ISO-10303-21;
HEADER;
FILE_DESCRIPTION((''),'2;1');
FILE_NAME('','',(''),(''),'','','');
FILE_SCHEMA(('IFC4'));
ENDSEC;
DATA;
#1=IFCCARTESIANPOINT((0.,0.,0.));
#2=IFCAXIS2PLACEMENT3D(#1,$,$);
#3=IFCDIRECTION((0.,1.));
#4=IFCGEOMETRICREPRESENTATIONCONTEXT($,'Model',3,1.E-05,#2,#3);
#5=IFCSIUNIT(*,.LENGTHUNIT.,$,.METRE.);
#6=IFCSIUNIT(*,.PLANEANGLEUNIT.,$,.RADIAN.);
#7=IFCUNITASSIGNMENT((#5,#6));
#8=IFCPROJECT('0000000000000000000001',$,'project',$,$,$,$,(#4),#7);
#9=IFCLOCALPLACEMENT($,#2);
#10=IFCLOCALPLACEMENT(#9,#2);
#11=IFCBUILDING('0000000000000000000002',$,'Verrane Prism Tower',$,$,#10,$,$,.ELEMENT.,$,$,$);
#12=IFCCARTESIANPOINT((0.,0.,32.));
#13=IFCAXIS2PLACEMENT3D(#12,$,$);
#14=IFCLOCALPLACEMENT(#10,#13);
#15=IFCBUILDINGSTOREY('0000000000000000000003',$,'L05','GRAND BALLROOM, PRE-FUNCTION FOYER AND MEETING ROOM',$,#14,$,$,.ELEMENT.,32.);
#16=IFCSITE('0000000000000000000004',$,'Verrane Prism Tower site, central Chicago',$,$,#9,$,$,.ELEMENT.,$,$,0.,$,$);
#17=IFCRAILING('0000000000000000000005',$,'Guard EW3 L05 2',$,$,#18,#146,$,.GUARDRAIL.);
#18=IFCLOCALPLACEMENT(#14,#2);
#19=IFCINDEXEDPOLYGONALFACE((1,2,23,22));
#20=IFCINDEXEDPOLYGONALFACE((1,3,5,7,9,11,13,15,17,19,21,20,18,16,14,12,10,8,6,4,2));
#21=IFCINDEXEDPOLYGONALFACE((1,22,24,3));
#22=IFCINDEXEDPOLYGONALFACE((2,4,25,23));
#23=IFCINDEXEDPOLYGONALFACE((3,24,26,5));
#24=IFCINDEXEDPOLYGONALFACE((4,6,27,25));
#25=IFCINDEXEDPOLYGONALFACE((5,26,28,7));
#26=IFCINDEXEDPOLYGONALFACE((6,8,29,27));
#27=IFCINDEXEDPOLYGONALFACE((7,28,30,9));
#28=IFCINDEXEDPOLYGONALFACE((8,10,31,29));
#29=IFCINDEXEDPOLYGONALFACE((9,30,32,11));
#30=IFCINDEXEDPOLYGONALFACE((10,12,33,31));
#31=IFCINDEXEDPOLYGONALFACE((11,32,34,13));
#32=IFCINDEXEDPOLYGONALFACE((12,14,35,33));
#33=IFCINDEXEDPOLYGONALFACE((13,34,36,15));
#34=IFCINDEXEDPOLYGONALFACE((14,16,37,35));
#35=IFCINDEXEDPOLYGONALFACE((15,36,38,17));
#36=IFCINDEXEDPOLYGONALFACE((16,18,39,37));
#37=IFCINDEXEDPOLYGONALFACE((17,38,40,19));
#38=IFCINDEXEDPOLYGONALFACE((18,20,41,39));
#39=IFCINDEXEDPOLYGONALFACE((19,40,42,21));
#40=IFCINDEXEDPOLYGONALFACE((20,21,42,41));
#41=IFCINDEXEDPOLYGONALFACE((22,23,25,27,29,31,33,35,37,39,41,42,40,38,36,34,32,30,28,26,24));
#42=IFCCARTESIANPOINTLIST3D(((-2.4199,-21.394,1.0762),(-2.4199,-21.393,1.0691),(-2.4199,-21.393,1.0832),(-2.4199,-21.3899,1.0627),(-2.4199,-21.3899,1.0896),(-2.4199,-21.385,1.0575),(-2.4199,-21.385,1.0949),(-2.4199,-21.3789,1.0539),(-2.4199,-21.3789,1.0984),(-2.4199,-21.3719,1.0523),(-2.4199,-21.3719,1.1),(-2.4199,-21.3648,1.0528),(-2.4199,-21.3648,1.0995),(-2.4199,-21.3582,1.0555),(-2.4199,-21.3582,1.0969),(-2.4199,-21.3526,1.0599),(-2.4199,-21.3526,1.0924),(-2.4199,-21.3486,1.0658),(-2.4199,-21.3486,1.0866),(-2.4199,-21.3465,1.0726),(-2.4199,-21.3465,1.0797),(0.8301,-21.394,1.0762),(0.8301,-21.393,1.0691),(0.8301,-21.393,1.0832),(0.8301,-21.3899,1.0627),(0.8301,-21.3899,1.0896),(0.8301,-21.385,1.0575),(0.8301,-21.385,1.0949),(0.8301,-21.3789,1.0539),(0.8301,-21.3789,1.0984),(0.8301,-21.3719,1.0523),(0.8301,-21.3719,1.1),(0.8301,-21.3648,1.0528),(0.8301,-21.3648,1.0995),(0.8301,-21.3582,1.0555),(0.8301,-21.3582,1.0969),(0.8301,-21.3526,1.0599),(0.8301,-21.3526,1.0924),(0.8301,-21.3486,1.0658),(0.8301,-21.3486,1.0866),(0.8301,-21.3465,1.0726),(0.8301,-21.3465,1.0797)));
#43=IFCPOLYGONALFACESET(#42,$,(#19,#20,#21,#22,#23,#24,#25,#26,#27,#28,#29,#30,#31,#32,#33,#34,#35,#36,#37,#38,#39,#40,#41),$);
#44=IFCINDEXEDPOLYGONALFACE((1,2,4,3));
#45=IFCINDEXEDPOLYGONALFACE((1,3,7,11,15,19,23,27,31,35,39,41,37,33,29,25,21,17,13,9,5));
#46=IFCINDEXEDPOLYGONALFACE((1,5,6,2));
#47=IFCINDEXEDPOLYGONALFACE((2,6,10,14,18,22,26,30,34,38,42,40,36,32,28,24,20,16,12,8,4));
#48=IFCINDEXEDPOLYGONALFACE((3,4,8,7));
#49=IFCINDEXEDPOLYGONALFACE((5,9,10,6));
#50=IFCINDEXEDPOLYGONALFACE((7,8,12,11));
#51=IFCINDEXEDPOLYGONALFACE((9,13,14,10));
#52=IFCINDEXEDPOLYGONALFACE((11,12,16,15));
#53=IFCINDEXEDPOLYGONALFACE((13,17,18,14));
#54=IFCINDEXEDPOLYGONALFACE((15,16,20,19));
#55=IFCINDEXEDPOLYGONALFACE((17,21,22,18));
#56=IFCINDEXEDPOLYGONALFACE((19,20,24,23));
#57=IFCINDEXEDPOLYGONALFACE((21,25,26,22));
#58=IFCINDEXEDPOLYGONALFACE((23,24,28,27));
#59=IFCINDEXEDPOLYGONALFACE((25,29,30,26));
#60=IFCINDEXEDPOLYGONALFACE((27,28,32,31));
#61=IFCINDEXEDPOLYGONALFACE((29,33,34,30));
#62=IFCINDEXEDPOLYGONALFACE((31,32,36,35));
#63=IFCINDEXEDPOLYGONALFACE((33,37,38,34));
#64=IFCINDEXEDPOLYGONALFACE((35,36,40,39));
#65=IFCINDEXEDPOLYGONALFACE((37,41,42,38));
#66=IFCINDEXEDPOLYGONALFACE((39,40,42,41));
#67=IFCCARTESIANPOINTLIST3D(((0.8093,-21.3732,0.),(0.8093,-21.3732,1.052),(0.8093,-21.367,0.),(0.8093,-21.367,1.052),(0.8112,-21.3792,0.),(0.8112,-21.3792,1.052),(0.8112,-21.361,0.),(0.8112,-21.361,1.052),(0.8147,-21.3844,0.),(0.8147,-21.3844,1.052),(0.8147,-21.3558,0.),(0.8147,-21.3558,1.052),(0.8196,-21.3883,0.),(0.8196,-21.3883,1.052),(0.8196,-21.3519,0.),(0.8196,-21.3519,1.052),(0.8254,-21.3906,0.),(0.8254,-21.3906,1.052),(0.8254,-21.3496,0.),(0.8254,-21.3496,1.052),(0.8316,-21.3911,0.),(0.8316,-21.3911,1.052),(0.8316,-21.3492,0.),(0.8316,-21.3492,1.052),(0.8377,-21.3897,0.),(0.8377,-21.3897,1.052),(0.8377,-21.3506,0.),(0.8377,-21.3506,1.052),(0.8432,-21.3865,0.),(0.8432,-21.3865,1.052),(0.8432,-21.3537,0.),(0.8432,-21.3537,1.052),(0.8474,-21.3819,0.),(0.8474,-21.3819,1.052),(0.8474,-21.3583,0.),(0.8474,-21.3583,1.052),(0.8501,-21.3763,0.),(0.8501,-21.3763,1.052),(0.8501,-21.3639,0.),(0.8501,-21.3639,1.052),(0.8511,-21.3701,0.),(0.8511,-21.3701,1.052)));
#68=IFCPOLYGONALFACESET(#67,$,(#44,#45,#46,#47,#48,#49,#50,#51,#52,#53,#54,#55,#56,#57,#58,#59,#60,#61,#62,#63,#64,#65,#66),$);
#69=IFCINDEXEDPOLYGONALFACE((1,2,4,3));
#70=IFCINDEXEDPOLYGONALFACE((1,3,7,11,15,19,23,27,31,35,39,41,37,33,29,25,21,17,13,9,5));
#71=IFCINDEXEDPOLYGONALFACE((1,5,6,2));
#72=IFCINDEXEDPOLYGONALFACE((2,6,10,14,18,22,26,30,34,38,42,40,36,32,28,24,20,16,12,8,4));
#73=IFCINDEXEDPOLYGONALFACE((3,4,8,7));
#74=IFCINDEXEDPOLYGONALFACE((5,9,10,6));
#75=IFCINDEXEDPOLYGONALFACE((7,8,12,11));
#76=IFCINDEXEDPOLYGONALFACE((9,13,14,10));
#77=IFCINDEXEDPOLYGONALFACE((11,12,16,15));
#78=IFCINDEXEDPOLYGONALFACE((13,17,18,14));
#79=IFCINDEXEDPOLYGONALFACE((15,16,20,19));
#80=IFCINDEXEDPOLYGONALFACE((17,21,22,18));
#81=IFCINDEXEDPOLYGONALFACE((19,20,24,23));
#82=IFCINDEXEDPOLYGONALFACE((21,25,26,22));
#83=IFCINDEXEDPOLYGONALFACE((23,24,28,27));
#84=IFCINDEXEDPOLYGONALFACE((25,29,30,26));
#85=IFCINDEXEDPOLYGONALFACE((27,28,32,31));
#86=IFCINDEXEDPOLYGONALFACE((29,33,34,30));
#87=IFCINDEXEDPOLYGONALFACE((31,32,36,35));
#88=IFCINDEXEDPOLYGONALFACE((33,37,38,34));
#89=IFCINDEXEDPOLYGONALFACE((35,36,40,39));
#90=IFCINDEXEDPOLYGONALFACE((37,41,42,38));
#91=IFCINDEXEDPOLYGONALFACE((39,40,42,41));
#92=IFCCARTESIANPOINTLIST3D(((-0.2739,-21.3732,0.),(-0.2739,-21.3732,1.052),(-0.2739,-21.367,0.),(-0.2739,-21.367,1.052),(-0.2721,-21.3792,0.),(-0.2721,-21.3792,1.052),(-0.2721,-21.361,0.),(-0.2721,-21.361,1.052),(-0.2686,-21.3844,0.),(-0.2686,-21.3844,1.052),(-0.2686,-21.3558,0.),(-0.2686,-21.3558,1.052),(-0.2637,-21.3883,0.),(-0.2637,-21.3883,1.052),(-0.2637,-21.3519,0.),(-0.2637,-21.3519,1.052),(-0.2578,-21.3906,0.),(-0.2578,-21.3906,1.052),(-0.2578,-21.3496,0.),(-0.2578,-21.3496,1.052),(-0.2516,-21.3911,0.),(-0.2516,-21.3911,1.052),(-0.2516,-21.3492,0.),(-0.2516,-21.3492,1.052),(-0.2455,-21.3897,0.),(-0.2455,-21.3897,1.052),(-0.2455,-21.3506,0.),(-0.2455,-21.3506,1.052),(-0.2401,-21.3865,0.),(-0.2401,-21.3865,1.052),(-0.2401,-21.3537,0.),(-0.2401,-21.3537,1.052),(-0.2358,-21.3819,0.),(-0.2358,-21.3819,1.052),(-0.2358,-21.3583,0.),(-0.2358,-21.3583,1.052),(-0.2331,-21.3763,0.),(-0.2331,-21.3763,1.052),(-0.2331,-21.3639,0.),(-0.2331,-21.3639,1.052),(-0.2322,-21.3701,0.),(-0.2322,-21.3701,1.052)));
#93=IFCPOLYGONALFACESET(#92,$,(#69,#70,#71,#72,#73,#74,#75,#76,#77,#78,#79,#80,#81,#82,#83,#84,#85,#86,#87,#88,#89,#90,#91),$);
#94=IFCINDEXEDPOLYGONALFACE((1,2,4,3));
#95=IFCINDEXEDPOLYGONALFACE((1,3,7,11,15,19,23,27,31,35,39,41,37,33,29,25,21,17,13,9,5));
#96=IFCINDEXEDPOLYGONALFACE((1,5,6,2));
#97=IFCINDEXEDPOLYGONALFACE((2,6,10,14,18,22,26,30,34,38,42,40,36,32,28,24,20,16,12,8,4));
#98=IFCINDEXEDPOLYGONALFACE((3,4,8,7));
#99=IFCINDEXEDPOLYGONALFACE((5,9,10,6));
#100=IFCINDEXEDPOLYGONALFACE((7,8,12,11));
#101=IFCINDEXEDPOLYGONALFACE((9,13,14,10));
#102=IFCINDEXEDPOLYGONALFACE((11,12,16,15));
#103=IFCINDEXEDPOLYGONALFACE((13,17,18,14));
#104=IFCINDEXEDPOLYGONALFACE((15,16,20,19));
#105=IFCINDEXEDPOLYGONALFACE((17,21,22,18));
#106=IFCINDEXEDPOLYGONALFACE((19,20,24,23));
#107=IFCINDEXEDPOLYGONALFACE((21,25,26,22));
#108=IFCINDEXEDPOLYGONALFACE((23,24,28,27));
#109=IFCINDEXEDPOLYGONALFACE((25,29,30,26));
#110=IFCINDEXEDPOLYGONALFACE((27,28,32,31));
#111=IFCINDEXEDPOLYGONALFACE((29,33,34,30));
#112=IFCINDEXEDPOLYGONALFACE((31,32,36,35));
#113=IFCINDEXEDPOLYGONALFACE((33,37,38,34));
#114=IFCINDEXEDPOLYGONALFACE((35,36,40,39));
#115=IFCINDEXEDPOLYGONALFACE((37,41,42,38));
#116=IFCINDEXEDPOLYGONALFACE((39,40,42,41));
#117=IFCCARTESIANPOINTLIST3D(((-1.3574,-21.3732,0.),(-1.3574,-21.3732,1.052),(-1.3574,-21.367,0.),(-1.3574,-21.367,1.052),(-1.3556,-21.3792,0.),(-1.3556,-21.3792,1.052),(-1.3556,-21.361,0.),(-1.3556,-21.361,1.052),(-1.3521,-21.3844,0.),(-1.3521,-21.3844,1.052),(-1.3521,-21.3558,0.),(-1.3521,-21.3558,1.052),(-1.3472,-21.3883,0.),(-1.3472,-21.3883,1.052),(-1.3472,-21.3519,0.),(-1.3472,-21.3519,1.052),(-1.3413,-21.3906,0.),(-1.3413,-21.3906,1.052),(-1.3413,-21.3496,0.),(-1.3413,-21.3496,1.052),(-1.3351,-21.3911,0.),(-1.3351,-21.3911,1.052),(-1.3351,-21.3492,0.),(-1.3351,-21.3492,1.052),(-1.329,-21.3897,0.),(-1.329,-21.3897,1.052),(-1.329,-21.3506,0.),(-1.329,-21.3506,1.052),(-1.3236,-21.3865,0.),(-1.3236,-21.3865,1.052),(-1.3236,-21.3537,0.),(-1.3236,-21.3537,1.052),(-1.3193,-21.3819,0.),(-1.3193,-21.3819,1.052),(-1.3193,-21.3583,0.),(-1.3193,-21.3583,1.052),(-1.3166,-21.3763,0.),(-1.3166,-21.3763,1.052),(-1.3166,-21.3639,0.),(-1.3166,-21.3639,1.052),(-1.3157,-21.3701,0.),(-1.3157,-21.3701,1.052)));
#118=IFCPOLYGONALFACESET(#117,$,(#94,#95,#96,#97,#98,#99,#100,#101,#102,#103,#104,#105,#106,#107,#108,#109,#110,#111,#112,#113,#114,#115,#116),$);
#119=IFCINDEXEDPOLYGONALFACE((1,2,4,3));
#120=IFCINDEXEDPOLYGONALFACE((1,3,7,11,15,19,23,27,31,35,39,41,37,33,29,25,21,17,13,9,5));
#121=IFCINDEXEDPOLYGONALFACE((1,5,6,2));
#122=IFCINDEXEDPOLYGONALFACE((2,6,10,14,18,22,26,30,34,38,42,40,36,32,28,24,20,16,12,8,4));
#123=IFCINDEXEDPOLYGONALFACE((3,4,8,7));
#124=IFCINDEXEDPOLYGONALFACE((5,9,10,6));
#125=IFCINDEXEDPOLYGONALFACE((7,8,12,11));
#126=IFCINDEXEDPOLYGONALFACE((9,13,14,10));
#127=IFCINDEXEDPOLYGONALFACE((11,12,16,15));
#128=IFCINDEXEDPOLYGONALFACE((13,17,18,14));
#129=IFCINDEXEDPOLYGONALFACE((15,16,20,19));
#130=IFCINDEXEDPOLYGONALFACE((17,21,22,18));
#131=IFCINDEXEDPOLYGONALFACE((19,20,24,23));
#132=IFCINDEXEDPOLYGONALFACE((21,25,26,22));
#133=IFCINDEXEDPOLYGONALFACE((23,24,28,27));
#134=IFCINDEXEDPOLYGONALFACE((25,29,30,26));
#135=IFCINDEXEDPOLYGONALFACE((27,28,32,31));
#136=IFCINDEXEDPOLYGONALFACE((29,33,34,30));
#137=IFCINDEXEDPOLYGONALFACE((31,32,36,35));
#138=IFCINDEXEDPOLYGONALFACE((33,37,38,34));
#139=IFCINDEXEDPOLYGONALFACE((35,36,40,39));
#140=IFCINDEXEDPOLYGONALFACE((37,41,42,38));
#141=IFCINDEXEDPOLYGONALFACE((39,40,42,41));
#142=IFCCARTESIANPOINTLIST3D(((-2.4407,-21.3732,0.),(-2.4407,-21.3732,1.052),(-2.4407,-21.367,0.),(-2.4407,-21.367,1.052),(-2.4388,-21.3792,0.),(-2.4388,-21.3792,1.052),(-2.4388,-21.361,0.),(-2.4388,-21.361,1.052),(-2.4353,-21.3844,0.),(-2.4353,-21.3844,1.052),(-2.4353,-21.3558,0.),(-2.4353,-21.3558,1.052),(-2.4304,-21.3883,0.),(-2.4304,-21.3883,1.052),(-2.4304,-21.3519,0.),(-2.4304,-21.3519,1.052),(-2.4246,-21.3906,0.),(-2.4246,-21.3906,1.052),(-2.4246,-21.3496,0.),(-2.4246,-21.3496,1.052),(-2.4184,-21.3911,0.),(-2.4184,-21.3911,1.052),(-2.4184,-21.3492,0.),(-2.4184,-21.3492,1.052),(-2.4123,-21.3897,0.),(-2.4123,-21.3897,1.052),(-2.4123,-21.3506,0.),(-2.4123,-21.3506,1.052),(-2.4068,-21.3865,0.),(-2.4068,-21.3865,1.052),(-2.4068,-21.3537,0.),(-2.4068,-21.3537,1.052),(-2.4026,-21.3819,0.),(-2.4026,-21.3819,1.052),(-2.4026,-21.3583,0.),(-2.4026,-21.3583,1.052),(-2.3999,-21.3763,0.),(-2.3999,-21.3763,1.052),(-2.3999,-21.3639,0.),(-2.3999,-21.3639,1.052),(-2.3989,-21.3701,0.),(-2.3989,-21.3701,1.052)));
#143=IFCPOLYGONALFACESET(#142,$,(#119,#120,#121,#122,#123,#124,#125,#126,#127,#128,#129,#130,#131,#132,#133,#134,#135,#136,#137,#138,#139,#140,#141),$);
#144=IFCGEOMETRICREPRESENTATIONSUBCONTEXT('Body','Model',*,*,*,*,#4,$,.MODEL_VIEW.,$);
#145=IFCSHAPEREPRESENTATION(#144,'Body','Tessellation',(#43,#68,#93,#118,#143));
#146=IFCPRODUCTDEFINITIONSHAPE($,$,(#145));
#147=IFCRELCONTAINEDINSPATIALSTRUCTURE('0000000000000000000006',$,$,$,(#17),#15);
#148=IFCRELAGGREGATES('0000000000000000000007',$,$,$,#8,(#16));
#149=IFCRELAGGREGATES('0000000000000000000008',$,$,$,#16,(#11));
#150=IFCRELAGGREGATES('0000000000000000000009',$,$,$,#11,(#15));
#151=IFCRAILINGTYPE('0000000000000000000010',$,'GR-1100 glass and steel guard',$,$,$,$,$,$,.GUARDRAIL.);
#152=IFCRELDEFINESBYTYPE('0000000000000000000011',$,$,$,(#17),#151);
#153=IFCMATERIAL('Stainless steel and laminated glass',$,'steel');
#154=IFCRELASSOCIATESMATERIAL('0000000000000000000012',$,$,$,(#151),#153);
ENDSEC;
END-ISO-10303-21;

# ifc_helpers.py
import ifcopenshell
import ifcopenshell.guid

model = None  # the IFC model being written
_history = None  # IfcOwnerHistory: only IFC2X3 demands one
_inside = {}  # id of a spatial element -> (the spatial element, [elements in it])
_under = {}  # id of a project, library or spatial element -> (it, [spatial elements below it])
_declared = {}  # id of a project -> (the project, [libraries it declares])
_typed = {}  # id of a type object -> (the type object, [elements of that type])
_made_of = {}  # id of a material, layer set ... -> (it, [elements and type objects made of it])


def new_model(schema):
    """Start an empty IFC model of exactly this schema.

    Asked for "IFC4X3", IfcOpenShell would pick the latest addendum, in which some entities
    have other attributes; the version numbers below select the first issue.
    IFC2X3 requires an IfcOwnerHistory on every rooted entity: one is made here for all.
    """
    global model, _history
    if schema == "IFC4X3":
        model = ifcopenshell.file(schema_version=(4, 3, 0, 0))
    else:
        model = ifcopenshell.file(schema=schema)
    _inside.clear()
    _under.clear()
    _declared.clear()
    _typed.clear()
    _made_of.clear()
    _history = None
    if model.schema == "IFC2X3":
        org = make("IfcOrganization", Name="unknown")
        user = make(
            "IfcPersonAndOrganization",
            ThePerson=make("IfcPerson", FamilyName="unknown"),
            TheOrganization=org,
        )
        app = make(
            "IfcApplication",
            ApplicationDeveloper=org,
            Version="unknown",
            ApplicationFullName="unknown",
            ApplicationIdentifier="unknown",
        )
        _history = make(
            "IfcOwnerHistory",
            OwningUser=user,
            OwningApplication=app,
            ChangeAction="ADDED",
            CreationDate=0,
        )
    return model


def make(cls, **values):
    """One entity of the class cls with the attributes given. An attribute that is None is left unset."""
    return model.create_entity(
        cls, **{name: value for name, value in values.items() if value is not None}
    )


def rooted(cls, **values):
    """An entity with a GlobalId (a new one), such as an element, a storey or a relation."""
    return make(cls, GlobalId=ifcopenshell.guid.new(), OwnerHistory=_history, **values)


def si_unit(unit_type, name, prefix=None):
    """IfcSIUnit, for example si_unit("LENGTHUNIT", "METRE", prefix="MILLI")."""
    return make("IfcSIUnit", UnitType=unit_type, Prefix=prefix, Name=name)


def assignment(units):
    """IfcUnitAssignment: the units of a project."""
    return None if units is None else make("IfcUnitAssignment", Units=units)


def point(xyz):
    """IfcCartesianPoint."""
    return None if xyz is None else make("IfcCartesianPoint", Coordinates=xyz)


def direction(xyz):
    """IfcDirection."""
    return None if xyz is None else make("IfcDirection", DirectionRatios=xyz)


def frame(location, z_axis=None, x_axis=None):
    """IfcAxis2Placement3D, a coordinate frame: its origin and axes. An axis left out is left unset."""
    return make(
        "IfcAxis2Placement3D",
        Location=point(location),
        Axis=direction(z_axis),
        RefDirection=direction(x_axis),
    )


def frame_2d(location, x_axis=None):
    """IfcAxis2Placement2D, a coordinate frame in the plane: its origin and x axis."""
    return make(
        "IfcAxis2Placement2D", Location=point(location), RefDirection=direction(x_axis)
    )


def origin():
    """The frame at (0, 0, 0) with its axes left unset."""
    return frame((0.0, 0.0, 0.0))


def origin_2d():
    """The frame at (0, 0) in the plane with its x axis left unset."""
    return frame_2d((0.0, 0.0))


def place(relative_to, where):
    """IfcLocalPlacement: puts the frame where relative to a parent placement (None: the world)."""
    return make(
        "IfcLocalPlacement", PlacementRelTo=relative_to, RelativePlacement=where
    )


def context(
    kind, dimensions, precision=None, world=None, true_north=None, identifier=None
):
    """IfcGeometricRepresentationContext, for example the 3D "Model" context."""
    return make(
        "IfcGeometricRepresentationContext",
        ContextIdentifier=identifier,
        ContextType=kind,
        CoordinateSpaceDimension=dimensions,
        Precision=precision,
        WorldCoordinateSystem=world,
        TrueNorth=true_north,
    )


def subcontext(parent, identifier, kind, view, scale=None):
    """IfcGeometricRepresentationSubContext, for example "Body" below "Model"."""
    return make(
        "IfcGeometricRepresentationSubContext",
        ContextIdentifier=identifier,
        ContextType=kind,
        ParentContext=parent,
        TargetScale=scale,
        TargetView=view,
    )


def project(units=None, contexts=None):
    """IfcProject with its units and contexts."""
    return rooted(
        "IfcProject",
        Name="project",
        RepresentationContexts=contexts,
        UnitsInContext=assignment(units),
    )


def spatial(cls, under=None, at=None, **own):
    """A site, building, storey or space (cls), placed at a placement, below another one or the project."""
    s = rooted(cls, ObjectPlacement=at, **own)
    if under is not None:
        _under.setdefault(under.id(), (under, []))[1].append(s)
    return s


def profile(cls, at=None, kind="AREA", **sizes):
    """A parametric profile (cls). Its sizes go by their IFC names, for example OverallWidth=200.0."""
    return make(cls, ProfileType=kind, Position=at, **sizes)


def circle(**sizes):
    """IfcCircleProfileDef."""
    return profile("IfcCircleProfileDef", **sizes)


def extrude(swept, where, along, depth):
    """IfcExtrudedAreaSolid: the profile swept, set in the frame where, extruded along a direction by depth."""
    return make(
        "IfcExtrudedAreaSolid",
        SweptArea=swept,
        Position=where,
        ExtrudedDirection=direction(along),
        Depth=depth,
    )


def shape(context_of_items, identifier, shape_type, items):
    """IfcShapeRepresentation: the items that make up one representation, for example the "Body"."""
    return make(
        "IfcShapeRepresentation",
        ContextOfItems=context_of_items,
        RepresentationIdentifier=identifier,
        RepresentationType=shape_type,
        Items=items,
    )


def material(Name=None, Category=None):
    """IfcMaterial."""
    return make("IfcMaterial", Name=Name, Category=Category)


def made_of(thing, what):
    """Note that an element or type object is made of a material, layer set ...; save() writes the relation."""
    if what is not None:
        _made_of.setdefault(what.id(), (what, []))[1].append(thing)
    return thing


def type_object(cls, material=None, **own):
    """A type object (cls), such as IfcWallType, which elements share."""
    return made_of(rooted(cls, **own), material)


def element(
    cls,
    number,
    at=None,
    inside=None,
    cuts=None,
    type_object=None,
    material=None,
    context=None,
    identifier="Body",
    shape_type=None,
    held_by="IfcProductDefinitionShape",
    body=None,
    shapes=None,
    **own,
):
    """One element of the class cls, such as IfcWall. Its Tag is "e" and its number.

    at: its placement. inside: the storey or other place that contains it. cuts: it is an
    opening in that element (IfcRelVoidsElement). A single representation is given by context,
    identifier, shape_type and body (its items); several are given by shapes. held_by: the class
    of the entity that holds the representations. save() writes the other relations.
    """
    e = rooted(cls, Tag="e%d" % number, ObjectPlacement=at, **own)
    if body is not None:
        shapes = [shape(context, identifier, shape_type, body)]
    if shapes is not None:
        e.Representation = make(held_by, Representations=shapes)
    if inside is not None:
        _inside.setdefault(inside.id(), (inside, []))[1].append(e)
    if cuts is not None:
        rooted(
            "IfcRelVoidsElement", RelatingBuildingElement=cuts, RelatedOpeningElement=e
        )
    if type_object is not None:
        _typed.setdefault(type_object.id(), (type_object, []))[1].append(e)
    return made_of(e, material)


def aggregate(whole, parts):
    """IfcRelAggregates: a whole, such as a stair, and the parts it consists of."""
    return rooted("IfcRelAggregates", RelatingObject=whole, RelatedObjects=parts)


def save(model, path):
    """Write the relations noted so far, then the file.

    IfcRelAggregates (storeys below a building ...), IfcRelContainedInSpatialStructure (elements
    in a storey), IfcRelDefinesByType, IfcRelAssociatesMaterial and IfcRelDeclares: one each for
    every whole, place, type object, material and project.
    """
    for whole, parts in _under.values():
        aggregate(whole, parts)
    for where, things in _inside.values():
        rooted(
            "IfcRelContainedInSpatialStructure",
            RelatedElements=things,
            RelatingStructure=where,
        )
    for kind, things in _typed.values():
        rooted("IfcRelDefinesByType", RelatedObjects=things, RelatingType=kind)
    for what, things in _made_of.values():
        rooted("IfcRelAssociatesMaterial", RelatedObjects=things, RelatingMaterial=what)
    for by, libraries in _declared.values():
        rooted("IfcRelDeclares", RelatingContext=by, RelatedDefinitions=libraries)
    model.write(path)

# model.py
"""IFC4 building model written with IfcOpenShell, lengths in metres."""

from ifc_helpers import new_model, si_unit, direction, frame, origin, origin_2d, place, context, subcontext, project, spatial, circle, extrude, material, type_object, element, save


model = new_model("IFC4")

# Units and contexts
model_context = context("Model", 3, precision=1e-05, world=origin(), true_north=direction((0.0, 1.0)))
body_context = subcontext(model_context, "Body", "Model", "MODEL_VIEW")
ifc_project = project(units=[si_unit("LENGTHUNIT", "METRE"), si_unit("PLANEANGLEUNIT", "RADIAN")], contexts=[model_context])

# Site, building, storey
site_placement = place(None, origin())
site = spatial("IfcSite", under=ifc_project, at=site_placement, Name="Verrane Prism Tower site, central Chicago", CompositionType="ELEMENT", RefElevation=0.0)
building_placement = place(site_placement, origin())
building = spatial("IfcBuilding", under=site, at=building_placement, Name="Verrane Prism Tower", CompositionType="ELEMENT")
storey_placement = place(building_placement, frame((0.0, 0.0, 32.0)))
storey = spatial("IfcBuildingStorey", under=building, at=storey_placement, Name="L05", Description="GRAND BALLROOM, PRE-FUNCTION FOYER AND MEETING ROOM", CompositionType="ELEMENT", Elevation=32.0)

# Railing
ifc_material_1 = material(Name="Stainless steel and laminated glass", Category="steel")
railing_type_1 = type_object("IfcRailingType", Name="GR-1100 glass and steel guard", PredefinedType="GUARDRAIL", material=ifc_material_1)
railing_1_placement = place(storey_placement, frame((0.8301, -21.3701, 0.0)))
element("IfcRailing", 1, at=railing_1_placement, inside=storey, type_object=railing_type_1, Name="Guard EW3 L05 2", PredefinedType="GUARDRAIL", context=body_context, shape_type="SweptSolid", body=[
    extrude(circle(Radius=0.0239, at=origin_2d()), frame((0.0, 0.0, 1.0762), z_axis=(-1.0, 0.0, 0.0), x_axis=(0.0, -1.0, 0.0)), (0.0, 0.0, 1.0), 3.25),
    extrude(circle(Radius=0.021, at=origin_2d()), origin(), (0.0, 0.0, 1.0), 1.052),
    extrude(circle(Radius=0.021, at=origin_2d()), frame((-1.0833, 0.0, 0.0)), (0.0, 0.0, 1.0), 1.052),
    extrude(circle(Radius=0.021, at=origin_2d()), frame((-2.1667, 0.0, 0.0)), (0.0, 0.0, 1.0), 1.052),
    extrude(circle(Radius=0.021, at=origin_2d()), frame((-3.25, 0.0, 0.0)), (0.0, 0.0, 1.0), 1.052),
])

save(model, "model.ifc")
